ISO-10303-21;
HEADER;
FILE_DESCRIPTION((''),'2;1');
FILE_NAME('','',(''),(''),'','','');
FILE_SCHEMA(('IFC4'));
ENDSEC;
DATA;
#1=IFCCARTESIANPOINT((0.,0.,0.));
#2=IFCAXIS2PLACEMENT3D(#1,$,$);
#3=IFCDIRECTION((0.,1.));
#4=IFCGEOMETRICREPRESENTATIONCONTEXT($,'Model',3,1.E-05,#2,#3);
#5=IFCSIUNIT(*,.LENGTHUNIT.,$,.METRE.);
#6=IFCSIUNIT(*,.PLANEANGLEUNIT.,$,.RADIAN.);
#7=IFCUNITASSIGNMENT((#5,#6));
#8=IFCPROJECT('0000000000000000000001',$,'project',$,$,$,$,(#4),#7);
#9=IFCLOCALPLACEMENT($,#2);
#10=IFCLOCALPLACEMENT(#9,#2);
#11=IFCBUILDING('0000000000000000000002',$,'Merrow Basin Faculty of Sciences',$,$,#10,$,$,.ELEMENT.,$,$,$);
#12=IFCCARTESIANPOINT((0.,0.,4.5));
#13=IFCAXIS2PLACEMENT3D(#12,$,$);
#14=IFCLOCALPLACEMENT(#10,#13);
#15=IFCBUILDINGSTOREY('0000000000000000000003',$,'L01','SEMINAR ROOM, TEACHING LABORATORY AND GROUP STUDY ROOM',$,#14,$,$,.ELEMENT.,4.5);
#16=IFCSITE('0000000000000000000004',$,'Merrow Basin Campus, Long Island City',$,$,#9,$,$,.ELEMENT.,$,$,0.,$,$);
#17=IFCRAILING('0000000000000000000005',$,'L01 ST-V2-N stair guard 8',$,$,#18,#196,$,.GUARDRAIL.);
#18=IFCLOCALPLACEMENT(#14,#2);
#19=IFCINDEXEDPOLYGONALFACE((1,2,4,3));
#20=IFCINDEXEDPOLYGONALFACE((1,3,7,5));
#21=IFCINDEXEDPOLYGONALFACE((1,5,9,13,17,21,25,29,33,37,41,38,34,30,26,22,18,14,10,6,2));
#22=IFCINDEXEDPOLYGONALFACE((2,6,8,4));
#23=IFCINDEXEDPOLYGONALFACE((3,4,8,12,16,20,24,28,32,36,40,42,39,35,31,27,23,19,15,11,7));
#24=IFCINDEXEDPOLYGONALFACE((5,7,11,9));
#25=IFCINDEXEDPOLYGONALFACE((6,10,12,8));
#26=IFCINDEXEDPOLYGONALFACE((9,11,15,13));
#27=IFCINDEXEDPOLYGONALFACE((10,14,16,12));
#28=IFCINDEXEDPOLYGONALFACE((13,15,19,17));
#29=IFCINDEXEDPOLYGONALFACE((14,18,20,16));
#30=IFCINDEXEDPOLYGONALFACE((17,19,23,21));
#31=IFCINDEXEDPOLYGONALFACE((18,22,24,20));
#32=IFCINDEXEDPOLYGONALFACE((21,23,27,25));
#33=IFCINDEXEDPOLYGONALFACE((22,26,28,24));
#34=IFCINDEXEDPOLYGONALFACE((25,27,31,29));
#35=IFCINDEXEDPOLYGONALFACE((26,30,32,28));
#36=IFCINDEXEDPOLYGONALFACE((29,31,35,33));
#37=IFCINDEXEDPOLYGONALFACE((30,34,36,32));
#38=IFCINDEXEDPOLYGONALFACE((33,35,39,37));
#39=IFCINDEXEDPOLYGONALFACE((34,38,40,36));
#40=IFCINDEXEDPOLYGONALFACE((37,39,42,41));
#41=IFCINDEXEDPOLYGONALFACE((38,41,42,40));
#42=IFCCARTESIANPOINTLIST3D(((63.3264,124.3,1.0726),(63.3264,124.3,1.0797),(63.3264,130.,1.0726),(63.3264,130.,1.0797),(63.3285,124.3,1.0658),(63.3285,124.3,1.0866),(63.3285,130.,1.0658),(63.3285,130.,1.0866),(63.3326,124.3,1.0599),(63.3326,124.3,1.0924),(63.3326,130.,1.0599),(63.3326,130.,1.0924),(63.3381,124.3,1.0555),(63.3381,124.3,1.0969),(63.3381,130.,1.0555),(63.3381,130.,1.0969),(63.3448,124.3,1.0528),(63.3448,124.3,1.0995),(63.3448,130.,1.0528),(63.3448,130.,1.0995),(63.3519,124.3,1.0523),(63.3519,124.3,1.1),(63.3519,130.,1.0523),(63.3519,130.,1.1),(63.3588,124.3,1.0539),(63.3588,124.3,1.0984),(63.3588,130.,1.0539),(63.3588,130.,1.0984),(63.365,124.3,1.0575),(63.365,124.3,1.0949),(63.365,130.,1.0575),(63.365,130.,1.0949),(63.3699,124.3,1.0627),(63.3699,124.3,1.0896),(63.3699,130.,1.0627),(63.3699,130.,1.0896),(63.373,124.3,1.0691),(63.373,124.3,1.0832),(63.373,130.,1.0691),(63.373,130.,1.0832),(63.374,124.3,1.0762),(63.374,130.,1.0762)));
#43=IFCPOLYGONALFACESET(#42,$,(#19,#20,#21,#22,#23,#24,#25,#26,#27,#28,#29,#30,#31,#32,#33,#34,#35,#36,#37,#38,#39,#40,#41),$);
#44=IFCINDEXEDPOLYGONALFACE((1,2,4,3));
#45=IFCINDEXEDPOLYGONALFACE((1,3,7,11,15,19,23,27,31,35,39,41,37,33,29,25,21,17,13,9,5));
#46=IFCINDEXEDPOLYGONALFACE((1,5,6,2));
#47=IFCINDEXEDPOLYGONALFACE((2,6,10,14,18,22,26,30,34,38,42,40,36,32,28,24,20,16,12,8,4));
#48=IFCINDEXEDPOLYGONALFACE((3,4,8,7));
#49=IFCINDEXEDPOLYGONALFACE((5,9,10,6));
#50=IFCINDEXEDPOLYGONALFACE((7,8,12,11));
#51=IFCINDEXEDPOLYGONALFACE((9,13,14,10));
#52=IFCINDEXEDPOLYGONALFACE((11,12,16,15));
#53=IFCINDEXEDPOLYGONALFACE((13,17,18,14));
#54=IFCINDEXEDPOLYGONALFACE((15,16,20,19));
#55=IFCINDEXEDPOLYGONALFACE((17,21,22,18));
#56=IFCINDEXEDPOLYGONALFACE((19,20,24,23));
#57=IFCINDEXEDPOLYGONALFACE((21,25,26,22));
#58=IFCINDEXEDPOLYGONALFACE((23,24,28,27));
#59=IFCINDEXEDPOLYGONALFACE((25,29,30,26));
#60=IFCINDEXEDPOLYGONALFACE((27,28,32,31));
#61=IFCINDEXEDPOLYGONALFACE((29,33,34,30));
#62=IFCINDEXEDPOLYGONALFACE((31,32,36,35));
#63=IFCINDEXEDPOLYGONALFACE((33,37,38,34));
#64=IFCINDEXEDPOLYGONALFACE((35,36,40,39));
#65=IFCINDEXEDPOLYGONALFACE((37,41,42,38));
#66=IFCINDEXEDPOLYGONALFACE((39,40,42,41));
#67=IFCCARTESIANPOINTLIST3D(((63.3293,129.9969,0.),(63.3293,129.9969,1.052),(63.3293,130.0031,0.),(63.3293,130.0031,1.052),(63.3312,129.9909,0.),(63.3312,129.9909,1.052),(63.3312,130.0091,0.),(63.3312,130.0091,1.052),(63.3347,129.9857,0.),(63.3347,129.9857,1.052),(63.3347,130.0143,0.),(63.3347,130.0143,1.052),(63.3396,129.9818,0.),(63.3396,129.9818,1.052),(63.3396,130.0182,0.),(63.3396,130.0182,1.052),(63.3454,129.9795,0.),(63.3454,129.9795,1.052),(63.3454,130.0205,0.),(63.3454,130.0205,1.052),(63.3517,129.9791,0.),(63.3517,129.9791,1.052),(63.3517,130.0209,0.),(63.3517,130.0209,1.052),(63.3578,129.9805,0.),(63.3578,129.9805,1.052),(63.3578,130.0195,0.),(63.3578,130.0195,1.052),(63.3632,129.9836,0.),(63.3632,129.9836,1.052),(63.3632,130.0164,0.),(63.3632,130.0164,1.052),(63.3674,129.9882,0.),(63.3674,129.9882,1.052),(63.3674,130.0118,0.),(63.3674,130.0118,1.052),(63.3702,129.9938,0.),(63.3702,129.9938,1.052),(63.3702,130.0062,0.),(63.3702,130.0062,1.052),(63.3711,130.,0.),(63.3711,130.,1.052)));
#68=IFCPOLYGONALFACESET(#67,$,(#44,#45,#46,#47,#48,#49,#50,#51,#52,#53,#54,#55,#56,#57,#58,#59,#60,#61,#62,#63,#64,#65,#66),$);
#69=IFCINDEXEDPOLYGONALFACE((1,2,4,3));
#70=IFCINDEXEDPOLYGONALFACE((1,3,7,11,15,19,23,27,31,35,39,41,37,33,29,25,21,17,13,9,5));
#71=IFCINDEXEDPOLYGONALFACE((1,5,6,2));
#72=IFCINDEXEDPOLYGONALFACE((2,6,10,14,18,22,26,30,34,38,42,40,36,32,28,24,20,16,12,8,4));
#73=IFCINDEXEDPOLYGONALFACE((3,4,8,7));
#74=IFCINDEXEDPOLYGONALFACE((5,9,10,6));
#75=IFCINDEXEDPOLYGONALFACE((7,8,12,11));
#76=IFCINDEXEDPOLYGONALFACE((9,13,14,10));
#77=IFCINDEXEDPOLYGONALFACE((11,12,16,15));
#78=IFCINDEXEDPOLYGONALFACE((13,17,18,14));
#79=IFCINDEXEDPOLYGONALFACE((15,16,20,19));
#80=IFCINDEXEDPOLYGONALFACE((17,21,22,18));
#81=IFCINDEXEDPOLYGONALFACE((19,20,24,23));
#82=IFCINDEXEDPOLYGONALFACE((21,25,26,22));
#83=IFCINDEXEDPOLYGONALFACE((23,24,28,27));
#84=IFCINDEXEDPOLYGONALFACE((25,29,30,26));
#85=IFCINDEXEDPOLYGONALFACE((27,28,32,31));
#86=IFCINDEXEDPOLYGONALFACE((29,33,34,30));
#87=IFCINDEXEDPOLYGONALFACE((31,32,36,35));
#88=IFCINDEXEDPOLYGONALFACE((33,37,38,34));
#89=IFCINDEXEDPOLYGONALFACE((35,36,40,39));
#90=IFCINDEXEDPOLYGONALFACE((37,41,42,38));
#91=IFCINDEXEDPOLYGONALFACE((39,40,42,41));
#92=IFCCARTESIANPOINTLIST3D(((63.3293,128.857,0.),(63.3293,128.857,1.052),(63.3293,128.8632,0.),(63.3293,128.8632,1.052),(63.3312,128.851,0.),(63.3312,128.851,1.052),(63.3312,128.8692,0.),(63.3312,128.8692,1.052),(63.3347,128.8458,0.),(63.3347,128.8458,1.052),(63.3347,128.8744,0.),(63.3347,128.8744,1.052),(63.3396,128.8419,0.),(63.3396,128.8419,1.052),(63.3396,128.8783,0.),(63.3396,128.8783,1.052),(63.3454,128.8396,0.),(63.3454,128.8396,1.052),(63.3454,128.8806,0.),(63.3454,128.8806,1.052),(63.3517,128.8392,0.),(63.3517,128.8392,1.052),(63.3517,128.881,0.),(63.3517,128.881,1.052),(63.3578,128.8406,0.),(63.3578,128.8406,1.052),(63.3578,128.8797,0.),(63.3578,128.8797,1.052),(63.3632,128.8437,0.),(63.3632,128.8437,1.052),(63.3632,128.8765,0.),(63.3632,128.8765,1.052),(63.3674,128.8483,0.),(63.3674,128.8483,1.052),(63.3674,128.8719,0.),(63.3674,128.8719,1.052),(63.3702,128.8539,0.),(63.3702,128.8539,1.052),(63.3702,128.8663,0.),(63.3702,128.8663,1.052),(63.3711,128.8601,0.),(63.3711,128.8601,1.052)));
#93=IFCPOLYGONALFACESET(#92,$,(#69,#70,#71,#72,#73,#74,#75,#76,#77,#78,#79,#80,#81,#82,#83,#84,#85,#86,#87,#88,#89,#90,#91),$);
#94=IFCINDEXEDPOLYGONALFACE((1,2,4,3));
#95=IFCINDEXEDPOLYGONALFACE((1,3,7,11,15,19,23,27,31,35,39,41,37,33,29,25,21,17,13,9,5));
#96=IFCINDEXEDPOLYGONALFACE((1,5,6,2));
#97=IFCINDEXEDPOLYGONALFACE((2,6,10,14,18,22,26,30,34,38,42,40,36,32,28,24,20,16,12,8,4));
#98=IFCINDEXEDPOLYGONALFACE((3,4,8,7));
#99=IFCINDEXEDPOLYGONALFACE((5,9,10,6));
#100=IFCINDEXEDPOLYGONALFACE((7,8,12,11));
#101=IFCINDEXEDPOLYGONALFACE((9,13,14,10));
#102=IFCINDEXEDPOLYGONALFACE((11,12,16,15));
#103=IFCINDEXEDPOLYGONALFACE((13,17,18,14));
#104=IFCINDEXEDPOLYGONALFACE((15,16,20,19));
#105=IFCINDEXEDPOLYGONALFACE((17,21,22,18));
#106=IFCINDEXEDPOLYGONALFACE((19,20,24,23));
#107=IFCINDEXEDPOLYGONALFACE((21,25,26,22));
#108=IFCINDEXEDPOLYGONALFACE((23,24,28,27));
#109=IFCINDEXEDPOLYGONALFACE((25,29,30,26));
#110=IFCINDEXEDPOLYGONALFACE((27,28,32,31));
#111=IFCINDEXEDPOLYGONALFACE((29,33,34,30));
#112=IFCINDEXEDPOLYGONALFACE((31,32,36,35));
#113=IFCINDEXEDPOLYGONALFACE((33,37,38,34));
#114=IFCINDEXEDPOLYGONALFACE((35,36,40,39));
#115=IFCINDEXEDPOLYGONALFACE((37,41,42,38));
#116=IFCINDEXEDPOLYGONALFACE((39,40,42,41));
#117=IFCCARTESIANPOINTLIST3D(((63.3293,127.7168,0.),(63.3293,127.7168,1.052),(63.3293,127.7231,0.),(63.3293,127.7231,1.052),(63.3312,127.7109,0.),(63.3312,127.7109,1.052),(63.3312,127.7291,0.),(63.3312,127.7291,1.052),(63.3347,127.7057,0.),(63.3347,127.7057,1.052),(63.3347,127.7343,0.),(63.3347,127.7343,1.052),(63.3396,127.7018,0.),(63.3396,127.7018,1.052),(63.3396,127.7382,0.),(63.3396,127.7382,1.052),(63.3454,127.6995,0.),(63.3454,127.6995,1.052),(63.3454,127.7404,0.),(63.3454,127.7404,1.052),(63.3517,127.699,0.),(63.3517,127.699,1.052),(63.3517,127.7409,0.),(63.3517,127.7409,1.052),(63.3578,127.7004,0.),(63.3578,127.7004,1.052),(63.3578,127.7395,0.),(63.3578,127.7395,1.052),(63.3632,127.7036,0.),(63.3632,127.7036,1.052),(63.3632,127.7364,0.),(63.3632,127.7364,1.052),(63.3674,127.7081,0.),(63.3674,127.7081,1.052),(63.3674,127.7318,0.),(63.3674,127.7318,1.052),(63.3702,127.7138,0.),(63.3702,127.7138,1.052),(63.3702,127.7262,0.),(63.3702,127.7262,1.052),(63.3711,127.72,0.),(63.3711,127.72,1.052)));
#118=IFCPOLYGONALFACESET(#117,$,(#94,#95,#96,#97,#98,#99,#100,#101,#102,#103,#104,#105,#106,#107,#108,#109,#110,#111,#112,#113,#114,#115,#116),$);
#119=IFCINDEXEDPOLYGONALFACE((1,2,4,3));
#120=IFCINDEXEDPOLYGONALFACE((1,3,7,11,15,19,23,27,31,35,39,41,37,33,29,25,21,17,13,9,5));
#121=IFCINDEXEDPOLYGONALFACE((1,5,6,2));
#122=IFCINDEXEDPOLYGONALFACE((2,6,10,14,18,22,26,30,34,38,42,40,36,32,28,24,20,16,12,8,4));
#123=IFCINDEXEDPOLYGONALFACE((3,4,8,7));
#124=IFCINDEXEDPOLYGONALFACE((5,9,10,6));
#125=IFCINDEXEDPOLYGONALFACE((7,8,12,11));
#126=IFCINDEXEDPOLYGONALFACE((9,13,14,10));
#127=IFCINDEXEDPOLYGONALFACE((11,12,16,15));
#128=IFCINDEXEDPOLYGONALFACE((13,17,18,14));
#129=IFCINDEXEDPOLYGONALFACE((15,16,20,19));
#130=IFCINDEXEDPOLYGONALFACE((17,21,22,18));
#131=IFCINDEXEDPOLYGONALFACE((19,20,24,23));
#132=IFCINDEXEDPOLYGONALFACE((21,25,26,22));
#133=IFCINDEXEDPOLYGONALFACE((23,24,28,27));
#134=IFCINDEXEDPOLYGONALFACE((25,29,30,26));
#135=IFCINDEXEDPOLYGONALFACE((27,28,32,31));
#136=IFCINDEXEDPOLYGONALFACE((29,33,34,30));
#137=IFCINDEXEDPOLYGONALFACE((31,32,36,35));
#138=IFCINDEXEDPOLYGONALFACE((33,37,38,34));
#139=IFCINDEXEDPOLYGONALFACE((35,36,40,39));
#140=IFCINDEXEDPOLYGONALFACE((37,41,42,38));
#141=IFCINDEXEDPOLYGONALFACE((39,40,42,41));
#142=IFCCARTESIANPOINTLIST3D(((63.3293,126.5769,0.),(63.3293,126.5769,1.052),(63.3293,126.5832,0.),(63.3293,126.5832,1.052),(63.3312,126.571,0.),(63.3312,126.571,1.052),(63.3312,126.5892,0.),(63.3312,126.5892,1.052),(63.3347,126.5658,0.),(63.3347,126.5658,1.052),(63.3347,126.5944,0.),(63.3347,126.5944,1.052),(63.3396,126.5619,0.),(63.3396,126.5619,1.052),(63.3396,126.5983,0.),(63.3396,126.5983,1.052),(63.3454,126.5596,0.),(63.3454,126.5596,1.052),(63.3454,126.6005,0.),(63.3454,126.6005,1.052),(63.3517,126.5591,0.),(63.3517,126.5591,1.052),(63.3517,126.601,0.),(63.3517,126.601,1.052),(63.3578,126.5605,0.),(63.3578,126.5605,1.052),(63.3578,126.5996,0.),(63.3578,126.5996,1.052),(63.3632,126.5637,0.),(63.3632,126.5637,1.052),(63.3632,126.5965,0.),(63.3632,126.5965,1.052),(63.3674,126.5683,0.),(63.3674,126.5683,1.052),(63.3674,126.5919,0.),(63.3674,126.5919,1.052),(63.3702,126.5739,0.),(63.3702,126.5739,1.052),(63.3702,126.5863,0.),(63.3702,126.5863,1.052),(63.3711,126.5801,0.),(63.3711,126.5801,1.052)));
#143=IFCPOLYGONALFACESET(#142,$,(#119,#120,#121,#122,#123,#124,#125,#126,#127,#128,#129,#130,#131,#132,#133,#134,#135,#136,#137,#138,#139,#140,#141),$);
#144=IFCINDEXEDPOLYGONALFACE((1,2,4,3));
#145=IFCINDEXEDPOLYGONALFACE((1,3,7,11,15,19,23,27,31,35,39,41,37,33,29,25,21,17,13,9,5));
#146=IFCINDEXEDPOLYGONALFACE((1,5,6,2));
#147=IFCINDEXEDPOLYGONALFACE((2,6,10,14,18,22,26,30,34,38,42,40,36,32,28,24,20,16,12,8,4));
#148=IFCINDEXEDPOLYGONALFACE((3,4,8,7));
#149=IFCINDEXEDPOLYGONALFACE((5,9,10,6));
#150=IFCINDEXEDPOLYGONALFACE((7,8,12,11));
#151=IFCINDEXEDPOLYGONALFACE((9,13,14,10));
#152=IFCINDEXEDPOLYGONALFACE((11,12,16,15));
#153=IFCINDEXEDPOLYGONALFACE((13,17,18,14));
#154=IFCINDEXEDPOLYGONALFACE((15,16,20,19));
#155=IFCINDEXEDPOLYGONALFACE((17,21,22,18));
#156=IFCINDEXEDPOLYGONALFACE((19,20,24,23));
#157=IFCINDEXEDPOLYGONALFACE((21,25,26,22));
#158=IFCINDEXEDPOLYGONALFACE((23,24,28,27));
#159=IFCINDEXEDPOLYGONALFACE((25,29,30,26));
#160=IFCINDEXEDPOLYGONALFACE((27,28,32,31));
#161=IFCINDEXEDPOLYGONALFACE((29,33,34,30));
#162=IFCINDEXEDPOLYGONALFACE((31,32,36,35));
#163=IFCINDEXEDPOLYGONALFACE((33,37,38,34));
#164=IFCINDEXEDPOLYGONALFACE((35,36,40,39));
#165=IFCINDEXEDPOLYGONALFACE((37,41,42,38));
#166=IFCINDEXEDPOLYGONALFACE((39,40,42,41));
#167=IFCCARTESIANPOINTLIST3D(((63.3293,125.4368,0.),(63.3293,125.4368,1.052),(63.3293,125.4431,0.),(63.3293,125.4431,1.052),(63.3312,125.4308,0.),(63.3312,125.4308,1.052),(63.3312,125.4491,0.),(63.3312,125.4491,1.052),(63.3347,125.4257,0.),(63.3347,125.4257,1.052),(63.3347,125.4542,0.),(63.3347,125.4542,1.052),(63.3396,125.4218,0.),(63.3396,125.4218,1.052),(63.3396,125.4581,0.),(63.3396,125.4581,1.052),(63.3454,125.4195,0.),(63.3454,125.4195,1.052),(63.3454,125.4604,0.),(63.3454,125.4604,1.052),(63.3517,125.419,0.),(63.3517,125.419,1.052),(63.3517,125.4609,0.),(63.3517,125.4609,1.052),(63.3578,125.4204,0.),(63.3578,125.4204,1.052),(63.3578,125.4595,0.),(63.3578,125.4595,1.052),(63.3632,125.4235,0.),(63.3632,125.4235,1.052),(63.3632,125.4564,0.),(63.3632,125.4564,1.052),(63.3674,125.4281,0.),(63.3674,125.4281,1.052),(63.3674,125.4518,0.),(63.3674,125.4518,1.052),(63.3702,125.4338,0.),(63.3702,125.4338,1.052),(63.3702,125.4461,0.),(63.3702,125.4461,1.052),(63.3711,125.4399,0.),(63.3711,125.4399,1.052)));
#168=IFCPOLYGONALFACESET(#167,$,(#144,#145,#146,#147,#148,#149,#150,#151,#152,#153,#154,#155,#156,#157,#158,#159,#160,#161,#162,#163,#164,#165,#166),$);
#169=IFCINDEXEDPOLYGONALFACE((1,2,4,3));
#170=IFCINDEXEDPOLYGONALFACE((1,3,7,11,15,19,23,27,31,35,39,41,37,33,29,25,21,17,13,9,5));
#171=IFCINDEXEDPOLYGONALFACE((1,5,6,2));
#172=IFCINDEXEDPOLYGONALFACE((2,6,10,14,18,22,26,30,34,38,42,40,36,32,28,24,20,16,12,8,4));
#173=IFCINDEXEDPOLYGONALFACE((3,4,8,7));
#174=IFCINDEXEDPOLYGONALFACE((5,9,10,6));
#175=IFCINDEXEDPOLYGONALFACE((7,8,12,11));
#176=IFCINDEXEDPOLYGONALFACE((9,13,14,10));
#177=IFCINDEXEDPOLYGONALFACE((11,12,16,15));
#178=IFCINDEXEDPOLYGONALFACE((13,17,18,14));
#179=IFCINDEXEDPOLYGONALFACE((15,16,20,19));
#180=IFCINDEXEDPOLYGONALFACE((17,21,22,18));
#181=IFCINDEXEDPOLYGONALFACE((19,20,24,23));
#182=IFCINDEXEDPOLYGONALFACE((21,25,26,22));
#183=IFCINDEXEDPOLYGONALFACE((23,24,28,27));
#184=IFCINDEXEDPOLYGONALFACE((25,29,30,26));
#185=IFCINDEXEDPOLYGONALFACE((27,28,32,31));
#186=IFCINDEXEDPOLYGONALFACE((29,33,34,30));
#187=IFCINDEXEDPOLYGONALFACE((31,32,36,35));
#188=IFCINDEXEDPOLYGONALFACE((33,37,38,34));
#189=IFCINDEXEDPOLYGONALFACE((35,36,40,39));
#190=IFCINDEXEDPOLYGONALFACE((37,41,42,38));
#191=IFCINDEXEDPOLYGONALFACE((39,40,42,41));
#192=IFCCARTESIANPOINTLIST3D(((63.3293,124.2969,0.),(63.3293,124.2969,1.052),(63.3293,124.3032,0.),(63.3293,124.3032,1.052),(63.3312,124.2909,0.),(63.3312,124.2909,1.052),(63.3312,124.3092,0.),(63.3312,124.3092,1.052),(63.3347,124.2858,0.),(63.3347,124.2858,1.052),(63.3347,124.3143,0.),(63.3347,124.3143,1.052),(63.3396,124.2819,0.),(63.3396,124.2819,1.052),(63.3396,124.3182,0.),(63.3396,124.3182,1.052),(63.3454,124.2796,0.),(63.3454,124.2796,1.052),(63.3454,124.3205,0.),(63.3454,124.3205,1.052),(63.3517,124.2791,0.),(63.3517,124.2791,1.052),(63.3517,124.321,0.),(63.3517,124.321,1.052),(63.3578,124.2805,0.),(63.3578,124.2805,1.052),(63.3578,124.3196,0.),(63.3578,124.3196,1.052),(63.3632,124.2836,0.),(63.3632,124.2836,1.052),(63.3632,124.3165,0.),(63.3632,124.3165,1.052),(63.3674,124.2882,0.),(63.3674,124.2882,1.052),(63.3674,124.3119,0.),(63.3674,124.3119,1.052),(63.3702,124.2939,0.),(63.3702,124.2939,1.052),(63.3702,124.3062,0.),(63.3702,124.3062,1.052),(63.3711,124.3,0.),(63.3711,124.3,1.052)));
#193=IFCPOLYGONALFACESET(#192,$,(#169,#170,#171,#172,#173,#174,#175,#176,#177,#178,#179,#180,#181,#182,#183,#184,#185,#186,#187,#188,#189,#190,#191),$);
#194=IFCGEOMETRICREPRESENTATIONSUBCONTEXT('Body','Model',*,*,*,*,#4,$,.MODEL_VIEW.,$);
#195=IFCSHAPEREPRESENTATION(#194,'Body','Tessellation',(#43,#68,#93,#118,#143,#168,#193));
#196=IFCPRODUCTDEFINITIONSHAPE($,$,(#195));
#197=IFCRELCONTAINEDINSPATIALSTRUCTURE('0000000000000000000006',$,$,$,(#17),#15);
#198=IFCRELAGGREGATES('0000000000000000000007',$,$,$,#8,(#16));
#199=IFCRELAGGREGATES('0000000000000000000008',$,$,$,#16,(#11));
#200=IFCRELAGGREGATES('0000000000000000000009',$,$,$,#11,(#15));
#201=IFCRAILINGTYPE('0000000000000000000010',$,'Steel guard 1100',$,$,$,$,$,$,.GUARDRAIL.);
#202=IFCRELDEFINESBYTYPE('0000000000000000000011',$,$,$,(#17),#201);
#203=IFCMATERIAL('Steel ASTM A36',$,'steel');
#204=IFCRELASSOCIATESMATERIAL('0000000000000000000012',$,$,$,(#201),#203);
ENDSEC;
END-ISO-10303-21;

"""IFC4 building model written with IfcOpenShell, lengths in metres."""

from ifc_helpers import new_model, si_unit, direction, frame, origin, origin_2d, place, context, subcontext, project, spatial, circle, extrude, material, type_object, element, save


model = new_model("IFC4")

# Units and contexts
model_context = context("Model", 3, precision=1e-05, world=origin(), true_north=direction((0.0, 1.0)))
body_context = subcontext(model_context, "Body", "Model", "MODEL_VIEW")
ifc_project = project(units=[si_unit("LENGTHUNIT", "METRE"), si_unit("PLANEANGLEUNIT", "RADIAN")], contexts=[model_context])

# Site, building, storey
site_placement = place(None, origin())
site = spatial("IfcSite", under=ifc_project, at=site_placement, Name="Merrow Basin Campus, Long Island City", CompositionType="ELEMENT", RefElevation=0.0)
building_placement = place(site_placement, origin())
building = spatial("IfcBuilding", under=site, at=building_placement, Name="Merrow Basin Faculty of Sciences", CompositionType="ELEMENT")
storey_placement = place(building_placement, frame((0.0, 0.0, 4.5)))
storey = spatial("IfcBuildingStorey", under=building, at=storey_placement, Name="L01", Description="SEMINAR ROOM, TEACHING LABORATORY AND GROUP STUDY ROOM", CompositionType="ELEMENT", Elevation=4.5)

# Railing
ifc_material_1 = material(Name="Steel ASTM A36", Category="steel")
railing_type_1 = type_object("IfcRailingType", Name="Steel guard 1100", PredefinedType="GUARDRAIL", material=ifc_material_1)
railing_1_placement = place(storey_placement, frame((63.3501, 130.0, 0.0)))
element("IfcRailing", 1, at=railing_1_placement, inside=storey, type_object=railing_type_1, Name="L01 ST-V2-N stair guard 8", PredefinedType="GUARDRAIL", context=body_context, shape_type="SweptSolid", body=[
    extrude(circle(Radius=0.0239, at=origin_2d()), frame((0.0, 0.0, 1.0762), z_axis=(0.0, -1.0, 0.0), x_axis=(1.0, 0.0, 0.0)), (0.0, 0.0, 1.0), 5.7),
    extrude(circle(Radius=0.021, at=origin_2d()), origin(), (0.0, 0.0, 1.0), 1.052),
    extrude(circle(Radius=0.021, at=origin_2d()), frame((0.0, -1.1399, 0.0)), (0.0, 0.0, 1.0), 1.052),
    extrude(circle(Radius=0.021, at=origin_2d()), frame((0.0, -2.28, 0.0)), (0.0, 0.0, 1.0), 1.052),
    extrude(circle(Radius=0.021, at=origin_2d()), frame((0.0, -3.4199, 0.0)), (0.0, 0.0, 1.0), 1.052),
    extrude(circle(Radius=0.021, at=origin_2d()), frame((0.0, -4.5601, 0.0)), (0.0, 0.0, 1.0), 1.052),
    extrude(circle(Radius=0.021, at=origin_2d()), frame((0.0, -5.7, 0.0)), (0.0, 0.0, 1.0), 1.052),
])

save(model, "model.ifc")
